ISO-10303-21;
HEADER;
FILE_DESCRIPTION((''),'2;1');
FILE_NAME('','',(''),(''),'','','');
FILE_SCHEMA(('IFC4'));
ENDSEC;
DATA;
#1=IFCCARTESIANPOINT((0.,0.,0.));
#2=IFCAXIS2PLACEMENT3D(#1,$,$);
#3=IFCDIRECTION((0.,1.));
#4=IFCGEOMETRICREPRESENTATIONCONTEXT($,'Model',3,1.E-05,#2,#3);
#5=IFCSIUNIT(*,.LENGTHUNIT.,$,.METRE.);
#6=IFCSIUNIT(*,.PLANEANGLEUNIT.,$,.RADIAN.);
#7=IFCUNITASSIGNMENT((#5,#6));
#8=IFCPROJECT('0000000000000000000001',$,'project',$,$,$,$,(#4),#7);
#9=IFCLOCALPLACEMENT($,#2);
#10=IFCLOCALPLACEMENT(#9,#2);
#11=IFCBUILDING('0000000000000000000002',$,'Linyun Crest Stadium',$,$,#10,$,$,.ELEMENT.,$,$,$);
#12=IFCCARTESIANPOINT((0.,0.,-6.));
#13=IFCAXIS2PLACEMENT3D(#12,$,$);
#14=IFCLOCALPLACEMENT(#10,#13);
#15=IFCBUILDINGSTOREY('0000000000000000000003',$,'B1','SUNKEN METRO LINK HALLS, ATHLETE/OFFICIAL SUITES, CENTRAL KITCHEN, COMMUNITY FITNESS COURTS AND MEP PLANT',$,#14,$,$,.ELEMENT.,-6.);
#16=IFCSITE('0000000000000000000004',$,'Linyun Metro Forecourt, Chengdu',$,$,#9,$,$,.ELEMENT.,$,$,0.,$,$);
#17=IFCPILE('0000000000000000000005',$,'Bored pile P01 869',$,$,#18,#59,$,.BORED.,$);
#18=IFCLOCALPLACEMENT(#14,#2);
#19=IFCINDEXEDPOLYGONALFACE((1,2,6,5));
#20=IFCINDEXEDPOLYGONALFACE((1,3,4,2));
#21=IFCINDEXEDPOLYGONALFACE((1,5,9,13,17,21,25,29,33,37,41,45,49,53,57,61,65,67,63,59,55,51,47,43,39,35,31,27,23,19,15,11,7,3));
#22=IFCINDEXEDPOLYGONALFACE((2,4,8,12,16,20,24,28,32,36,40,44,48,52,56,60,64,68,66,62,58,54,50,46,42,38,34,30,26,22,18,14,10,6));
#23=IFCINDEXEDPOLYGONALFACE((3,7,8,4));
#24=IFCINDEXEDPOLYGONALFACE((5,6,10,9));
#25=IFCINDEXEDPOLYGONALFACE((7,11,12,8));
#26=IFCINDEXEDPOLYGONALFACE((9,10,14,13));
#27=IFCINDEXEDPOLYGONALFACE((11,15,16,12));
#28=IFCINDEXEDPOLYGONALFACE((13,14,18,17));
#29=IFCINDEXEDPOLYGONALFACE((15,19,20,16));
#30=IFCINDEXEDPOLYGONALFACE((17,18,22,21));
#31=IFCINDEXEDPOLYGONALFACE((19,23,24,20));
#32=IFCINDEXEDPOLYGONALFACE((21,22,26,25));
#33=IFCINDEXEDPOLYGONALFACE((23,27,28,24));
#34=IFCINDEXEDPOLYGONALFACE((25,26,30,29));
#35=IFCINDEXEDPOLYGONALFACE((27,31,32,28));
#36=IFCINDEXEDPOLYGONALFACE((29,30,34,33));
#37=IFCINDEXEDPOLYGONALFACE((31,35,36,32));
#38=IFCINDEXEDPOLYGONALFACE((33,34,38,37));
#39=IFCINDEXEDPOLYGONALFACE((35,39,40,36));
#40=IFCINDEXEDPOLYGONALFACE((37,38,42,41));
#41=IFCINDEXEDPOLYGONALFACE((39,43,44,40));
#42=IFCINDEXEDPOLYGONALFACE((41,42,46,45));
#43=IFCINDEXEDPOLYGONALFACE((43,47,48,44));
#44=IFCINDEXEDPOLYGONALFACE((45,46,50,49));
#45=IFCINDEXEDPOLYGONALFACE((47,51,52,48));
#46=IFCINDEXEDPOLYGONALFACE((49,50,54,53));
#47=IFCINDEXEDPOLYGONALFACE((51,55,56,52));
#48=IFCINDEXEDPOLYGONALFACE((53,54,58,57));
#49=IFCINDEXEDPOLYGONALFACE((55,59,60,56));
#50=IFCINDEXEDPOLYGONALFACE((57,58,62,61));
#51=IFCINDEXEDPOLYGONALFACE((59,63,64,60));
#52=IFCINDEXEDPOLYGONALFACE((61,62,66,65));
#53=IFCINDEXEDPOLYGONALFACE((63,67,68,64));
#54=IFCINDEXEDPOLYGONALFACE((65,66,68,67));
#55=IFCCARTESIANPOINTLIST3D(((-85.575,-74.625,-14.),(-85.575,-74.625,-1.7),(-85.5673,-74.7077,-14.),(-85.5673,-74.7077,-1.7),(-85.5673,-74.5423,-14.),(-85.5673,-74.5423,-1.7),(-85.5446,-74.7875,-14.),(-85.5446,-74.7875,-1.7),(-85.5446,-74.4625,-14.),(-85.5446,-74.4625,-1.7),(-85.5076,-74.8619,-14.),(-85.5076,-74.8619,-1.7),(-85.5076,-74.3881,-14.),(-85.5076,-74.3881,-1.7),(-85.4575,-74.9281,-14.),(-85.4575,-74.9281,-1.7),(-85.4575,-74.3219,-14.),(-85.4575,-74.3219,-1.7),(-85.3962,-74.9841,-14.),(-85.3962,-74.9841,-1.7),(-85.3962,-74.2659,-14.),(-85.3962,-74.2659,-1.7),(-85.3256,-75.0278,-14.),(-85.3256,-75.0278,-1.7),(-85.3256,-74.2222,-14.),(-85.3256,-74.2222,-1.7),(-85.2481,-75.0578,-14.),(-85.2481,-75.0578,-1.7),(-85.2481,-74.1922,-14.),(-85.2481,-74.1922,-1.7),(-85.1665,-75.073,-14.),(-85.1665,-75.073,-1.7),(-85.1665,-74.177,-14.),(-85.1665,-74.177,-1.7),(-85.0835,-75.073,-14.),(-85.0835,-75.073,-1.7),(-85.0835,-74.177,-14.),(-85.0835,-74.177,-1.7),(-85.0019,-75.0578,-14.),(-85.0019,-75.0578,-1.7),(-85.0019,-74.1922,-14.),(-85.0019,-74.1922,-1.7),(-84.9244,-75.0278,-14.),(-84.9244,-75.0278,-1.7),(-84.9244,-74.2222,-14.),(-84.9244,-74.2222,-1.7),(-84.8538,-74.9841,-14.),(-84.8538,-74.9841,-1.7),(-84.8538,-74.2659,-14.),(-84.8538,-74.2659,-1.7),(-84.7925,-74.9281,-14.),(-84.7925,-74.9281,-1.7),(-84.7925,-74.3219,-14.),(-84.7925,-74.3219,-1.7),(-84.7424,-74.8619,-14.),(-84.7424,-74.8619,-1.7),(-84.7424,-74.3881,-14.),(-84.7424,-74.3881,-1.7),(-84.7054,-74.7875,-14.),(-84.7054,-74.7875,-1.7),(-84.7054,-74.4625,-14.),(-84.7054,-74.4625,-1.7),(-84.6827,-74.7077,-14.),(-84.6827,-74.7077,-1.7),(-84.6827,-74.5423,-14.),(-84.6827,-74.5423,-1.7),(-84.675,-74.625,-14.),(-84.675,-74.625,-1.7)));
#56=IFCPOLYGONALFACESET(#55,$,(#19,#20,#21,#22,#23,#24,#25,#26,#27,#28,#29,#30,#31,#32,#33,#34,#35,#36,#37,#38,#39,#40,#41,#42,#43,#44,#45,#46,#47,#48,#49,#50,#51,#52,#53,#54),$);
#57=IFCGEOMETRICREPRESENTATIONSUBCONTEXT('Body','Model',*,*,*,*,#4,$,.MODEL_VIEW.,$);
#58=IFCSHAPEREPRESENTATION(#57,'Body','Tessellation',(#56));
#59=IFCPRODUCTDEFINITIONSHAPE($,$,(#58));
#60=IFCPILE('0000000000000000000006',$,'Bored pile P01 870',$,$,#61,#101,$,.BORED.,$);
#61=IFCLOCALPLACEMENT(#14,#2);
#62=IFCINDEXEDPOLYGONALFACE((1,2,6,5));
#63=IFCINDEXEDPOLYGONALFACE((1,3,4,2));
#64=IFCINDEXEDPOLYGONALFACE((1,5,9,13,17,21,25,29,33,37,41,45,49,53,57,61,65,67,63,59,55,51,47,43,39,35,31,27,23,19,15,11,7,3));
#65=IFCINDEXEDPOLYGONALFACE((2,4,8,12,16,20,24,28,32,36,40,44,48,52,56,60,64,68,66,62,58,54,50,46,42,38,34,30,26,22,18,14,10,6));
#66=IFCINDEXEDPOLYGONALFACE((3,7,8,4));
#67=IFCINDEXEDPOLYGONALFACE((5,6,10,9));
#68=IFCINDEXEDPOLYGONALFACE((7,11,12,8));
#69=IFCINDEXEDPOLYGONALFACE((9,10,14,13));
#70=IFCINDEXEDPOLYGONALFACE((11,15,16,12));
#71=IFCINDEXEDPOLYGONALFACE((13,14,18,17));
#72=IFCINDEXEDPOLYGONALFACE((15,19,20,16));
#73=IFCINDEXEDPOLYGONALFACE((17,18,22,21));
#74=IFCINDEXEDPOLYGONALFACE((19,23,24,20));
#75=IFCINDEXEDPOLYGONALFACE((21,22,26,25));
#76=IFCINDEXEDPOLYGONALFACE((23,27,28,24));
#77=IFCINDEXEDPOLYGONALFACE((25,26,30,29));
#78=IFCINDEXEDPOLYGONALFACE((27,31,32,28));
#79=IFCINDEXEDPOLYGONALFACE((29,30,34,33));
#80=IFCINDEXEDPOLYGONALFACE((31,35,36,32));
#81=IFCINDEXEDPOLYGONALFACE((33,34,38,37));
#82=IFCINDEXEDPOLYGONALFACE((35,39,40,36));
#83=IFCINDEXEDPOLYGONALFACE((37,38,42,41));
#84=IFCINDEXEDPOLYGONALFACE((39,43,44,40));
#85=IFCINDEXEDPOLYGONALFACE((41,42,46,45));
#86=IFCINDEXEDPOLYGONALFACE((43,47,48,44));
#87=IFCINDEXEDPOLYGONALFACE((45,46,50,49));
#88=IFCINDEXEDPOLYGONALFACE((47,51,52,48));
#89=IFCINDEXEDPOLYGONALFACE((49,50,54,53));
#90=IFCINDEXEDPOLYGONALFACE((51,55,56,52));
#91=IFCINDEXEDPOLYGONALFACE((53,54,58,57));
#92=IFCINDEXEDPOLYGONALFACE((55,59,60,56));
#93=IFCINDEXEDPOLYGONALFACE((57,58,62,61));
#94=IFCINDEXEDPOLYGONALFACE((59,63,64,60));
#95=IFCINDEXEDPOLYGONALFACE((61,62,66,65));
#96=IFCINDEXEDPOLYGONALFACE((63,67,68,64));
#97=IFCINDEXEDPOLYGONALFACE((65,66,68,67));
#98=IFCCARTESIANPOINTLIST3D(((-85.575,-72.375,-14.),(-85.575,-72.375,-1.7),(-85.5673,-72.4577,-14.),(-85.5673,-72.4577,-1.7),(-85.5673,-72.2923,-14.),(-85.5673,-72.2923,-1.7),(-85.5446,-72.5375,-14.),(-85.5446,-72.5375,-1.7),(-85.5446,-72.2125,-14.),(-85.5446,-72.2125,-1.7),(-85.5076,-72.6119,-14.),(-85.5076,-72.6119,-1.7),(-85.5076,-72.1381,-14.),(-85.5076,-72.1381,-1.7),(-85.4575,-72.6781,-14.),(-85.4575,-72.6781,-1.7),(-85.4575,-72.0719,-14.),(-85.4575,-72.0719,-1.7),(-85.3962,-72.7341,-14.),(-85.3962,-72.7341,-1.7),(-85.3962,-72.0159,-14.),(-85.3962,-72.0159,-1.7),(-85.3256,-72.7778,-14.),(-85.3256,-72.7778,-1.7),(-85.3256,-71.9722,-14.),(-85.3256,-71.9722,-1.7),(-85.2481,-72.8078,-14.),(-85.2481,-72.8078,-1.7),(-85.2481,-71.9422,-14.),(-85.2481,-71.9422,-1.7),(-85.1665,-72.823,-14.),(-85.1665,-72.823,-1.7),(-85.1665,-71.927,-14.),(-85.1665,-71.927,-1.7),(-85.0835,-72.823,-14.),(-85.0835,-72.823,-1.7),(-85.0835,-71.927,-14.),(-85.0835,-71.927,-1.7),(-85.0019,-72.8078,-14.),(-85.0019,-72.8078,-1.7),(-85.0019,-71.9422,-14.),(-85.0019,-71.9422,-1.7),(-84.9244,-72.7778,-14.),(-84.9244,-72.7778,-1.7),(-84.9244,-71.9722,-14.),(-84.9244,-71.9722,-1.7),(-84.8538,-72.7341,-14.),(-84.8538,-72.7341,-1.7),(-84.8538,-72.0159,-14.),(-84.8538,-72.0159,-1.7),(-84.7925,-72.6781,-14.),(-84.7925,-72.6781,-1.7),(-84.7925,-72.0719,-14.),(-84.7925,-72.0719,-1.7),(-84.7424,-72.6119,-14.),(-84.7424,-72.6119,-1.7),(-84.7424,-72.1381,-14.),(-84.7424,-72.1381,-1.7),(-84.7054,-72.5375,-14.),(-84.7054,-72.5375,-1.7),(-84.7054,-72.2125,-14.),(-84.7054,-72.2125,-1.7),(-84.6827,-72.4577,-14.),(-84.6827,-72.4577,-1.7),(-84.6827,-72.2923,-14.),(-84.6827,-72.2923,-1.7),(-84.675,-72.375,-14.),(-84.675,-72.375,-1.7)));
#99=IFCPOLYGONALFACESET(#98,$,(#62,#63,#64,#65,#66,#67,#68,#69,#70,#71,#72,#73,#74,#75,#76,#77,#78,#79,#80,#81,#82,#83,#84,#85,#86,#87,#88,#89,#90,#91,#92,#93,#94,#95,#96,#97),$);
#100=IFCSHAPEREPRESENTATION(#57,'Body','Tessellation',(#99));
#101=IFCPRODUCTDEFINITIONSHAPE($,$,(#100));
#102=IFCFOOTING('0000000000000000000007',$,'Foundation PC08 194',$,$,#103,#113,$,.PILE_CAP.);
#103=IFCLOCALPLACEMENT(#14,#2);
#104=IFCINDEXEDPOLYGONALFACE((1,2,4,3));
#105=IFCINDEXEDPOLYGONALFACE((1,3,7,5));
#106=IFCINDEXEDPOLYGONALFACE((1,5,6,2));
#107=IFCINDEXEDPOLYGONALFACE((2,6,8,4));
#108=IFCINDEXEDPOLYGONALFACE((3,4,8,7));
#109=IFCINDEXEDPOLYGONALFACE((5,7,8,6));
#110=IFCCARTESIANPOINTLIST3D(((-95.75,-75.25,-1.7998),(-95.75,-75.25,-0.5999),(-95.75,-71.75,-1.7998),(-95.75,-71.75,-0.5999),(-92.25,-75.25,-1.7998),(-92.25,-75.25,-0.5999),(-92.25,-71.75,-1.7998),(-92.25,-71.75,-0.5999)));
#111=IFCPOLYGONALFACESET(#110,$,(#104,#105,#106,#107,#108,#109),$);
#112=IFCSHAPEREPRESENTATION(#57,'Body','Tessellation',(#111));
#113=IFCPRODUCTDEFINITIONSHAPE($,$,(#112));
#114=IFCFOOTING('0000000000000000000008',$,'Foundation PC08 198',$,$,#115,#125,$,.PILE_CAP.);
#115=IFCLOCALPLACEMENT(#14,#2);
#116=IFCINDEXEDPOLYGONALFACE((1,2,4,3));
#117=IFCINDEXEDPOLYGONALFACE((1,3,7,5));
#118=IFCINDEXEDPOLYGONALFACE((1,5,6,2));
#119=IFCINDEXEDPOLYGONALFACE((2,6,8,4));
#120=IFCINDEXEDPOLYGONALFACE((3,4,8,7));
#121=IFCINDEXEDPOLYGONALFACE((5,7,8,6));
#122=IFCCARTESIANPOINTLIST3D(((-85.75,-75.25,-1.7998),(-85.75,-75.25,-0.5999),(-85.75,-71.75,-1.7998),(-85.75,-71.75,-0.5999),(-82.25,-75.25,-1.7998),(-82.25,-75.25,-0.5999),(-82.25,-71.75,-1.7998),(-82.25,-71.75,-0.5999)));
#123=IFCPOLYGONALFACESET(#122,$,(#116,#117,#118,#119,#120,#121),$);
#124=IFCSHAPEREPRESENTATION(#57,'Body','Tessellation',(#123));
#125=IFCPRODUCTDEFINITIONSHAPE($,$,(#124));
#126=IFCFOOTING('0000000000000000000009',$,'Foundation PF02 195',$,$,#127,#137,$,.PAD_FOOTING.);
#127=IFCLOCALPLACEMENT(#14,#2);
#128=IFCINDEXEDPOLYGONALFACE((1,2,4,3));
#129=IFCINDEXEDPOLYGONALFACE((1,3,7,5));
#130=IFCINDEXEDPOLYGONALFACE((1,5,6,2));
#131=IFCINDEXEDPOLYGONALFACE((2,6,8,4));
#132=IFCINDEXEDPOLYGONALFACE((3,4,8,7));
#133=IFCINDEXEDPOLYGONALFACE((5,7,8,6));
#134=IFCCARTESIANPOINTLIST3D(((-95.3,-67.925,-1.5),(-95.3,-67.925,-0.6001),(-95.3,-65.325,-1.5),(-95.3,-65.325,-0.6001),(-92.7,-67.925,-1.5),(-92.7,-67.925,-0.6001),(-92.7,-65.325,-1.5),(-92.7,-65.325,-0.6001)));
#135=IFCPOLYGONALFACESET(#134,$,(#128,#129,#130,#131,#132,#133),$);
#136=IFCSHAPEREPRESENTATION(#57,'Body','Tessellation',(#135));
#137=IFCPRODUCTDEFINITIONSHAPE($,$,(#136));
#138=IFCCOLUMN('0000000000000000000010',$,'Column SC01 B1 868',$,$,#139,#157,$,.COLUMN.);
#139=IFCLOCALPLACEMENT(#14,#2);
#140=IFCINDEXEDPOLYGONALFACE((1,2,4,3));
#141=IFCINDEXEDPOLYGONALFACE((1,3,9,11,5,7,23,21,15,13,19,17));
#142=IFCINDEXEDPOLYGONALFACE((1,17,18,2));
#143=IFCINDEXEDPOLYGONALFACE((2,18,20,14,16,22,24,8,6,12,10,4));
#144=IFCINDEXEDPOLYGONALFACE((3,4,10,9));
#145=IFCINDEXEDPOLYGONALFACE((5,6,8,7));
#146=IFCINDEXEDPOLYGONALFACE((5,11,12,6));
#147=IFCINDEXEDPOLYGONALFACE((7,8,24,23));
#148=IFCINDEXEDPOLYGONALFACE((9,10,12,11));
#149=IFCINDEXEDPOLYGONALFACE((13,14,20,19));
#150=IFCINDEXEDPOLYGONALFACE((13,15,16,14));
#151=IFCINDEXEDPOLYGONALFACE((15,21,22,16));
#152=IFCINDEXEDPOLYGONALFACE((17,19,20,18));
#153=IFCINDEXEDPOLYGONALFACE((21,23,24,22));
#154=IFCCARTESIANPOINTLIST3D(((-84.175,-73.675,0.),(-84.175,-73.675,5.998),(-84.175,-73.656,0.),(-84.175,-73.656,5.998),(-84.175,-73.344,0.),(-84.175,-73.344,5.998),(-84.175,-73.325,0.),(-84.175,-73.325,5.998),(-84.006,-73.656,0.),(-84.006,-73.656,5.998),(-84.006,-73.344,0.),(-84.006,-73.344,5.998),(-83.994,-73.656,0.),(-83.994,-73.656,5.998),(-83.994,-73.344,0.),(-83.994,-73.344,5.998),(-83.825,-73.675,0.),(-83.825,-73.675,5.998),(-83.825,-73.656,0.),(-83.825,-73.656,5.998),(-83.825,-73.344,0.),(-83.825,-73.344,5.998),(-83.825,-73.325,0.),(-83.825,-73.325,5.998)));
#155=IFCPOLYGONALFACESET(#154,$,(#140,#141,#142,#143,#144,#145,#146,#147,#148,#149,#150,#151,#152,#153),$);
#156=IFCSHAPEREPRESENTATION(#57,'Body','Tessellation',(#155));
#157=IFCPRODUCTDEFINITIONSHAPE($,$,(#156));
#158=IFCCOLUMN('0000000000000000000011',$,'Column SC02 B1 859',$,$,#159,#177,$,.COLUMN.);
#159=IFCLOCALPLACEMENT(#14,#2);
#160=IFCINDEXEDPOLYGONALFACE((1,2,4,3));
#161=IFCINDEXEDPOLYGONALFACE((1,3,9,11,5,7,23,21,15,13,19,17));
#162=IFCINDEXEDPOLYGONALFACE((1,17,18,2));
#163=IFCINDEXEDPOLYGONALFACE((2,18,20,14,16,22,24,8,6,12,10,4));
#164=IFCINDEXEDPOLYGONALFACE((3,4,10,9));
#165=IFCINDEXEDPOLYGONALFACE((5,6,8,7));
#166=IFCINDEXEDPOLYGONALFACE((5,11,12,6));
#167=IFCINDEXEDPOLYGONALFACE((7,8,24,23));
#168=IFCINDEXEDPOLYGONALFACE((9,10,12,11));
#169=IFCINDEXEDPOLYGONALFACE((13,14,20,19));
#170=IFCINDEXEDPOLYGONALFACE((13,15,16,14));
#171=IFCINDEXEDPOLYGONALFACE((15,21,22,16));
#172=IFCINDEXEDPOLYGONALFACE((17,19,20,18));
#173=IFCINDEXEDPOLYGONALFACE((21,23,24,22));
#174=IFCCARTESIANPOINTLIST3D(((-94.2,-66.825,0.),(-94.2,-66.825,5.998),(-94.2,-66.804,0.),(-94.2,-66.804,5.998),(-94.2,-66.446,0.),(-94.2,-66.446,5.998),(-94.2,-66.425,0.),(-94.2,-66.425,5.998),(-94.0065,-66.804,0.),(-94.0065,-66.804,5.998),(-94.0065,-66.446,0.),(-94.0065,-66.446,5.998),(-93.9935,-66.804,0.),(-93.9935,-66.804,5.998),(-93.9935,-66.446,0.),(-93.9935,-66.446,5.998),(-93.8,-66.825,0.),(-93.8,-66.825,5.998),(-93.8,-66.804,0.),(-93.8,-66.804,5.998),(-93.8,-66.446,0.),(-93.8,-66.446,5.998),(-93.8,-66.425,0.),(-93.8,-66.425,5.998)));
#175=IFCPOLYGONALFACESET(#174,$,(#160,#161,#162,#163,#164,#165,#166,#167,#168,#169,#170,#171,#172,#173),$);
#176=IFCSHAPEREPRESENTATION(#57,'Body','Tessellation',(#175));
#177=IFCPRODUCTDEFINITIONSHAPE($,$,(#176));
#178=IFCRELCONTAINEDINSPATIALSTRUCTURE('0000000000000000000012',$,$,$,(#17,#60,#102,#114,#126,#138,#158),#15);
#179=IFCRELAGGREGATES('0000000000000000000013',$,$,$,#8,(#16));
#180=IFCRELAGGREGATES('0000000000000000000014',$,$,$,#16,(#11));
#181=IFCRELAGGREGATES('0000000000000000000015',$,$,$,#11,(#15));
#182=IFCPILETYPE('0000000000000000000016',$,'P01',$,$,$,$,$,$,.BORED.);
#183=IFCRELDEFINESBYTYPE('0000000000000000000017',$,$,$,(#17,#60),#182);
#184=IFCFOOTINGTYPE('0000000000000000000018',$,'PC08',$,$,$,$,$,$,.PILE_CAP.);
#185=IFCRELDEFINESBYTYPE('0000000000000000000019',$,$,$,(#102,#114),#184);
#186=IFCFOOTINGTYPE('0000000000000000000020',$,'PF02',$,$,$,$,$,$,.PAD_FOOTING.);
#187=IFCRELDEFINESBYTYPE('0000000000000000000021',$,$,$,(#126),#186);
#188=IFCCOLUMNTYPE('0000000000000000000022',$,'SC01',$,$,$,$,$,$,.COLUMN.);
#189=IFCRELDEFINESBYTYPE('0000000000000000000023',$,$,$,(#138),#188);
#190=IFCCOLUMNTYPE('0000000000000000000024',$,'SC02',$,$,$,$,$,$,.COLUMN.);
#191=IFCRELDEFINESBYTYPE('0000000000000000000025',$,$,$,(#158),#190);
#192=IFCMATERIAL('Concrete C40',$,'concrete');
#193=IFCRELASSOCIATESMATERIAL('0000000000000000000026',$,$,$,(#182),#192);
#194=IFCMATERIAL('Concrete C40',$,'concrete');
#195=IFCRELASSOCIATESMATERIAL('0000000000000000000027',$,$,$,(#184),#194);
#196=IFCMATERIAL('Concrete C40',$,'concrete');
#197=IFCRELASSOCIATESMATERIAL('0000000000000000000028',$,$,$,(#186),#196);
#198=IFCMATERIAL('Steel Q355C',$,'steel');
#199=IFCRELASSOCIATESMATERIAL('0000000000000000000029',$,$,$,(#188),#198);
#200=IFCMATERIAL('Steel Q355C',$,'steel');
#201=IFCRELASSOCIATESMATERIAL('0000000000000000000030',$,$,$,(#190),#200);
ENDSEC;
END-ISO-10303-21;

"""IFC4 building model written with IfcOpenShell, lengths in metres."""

from ifc_helpers import new_model, si_unit, direction, frame, origin, origin_2d, place, context, subcontext, project, spatial, rectangle, circle, i_section, extrude, material, material_profile, profile_set, type_object, element, save


model = new_model("IFC4")

# Units and contexts
model_context = context("Model", 3, precision=1e-05, world=origin(), true_north=direction((0.0, 1.0)))
body_context = subcontext(model_context, "Body", "Model", "MODEL_VIEW")
ifc_project = project(units=[si_unit("LENGTHUNIT", "METRE"), si_unit("PLANEANGLEUNIT", "RADIAN")], contexts=[model_context])

# Site, building, storey
site_placement = place(None, origin())
site = spatial("IfcSite", under=ifc_project, at=site_placement, Name="Linyun Metro Forecourt, Chengdu", CompositionType="ELEMENT", RefElevation=0.0)
building_placement = place(site_placement, origin())
building = spatial("IfcBuilding", under=site, at=building_placement, Name="Linyun Crest Stadium", CompositionType="ELEMENT")
storey_placement = place(building_placement, frame((0.0, 0.0, -6.0)))
storey = spatial("IfcBuildingStorey", under=building, at=storey_placement, Name="B1", Description="SUNKEN METRO LINK HALLS, ATHLETE/OFFICIAL SUITES, CENTRAL KITCHEN, COMMUNITY FITNESS COURTS AND MEP PLANT", CompositionType="ELEMENT", Elevation=-6.0)

# Piles
ifc_material_1 = material(Name="Concrete C40", Category="concrete")
ifc_material_profile_1 = material_profile(ifc_material_1, circle(Radius=0.45, at=origin_2d()), Name="BORED PILE 900")
ifc_profile_set_1 = profile_set([ifc_material_profile_1], Name="Concrete C40")
pile_type = type_object("IfcPileType", Name="P01", PredefinedType="BORED", material=ifc_profile_set_1)
for number, where, z_axis, x_axis, name in (
    (1, (-85.125, -74.625, -1.7), (0.0, 0.0, -1.0), (1.0, 0.0, 0.0), "Bored pile P01 869"),
    (2, (-85.125, -72.375, -1.7), (0.0, 0.0, -1.0), (1.0, 0.0, 0.0), "Bored pile P01 870"),
):
    element("IfcPile", number, at=place(storey_placement, frame(where, z_axis=z_axis, x_axis=x_axis)), inside=storey, type_object=pile_type, Name=name, PredefinedType="BORED", context=body_context, shape_type="SweptSolid", body=[
        extrude(circle(Radius=0.45, at=origin_2d()), origin(), (0.0, 0.0, 1.0), 12.3),
    ])

# Footings
ifc_material_2 = material(Name="Concrete C40", Category="concrete")
footing_type_1 = type_object("IfcFootingType", Name="PC08", PredefinedType="PILE_CAP", material=ifc_material_2)
for number, where, z_axis, x_axis, name in (
    (3, (-94.0, -73.5, -1.7998), (0.0, 0.0, 1.0), (1.0, 0.0, 0.0), "Foundation PC08 194"),
    (4, (-84.0, -73.5, -1.7998), (0.0, 0.0, 1.0), (1.0, 0.0, 0.0), "Foundation PC08 198"),
):
    element("IfcFooting", number, at=place(storey_placement, frame(where, z_axis=z_axis, x_axis=x_axis)), inside=storey, type_object=footing_type_1, Name=name, PredefinedType="PILE_CAP", context=body_context, shape_type="SweptSolid", body=[
        extrude(rectangle(XDim=3.5, YDim=3.5, at=origin_2d()), origin(), (0.0, 0.0, 1.0), 1.2),
    ])
ifc_material_3 = material(Name="Concrete C40", Category="concrete")
footing_type_2 = type_object("IfcFootingType", Name="PF02", PredefinedType="PAD_FOOTING", material=ifc_material_3)
footing_placement = place(storey_placement, frame((-94.0, -66.625, -1.5), z_axis=(0.0, 0.0, 1.0), x_axis=(1.0, 0.0, 0.0)))
element("IfcFooting", 5, at=footing_placement, inside=storey, type_object=footing_type_2, Name="Foundation PF02 195", PredefinedType="PAD_FOOTING", context=body_context, shape_type="SweptSolid", body=[
    extrude(rectangle(XDim=2.6001, YDim=2.6001, at=origin_2d()), origin(), (0.0, 0.0, 1.0), 0.8999),
])

# Columns
ifc_material_4 = material(Name="Steel Q355C", Category="steel")
ifc_material_profile_2 = material_profile(ifc_material_4, i_section(OverallWidth=0.3501, OverallDepth=0.3501, WebThickness=0.012, FlangeThickness=0.019, at=origin_2d()), Name="HW 350x350")
ifc_profile_set_2 = profile_set([ifc_material_profile_2], Name="Steel Q355C")
column_type_1 = type_object("IfcColumnType", Name="SC01", PredefinedType="COLUMN", material=ifc_profile_set_2)
column_1_placement = place(storey_placement, frame((-84.0, -73.5, 0.0), z_axis=(0.0, 0.0, 1.0), x_axis=(1.0, 0.0, 0.0)))
element("IfcColumn", 6, at=column_1_placement, inside=storey, type_object=column_type_1, Name="Column SC01 B1 868", PredefinedType="COLUMN", context=body_context, shape_type="SweptSolid", body=[
    extrude(i_section(OverallWidth=0.3501, OverallDepth=0.3501, WebThickness=0.012, FlangeThickness=0.019, at=origin_2d()), origin(), (0.0, 0.0, 1.0), 5.998),
])
ifc_material_5 = material(Name="Steel Q355C", Category="steel")
ifc_material_profile_3 = material_profile(ifc_material_5, i_section(OverallWidth=0.3999, OverallDepth=0.3999, WebThickness=0.0129, FlangeThickness=0.021, at=origin_2d()), Name="HW 400x400")
ifc_profile_set_3 = profile_set([ifc_material_profile_3], Name="Steel Q355C")
column_type_2 = type_object("IfcColumnType", Name="SC02", PredefinedType="COLUMN", material=ifc_profile_set_3)
column_2_placement = place(storey_placement, frame((-94.0, -66.625, 0.0), z_axis=(0.0, 0.0, 1.0), x_axis=(1.0, 0.0, 0.0)))
element("IfcColumn", 7, at=column_2_placement, inside=storey, type_object=column_type_2, Name="Column SC02 B1 859", PredefinedType="COLUMN", context=body_context, shape_type="SweptSolid", body=[
    extrude(i_section(OverallWidth=0.3999, OverallDepth=0.3999, WebThickness=0.0129, FlangeThickness=0.021, at=origin_2d()), origin(), (0.0, 0.0, 1.0), 5.998),
])

save(model, "model.ifc")
